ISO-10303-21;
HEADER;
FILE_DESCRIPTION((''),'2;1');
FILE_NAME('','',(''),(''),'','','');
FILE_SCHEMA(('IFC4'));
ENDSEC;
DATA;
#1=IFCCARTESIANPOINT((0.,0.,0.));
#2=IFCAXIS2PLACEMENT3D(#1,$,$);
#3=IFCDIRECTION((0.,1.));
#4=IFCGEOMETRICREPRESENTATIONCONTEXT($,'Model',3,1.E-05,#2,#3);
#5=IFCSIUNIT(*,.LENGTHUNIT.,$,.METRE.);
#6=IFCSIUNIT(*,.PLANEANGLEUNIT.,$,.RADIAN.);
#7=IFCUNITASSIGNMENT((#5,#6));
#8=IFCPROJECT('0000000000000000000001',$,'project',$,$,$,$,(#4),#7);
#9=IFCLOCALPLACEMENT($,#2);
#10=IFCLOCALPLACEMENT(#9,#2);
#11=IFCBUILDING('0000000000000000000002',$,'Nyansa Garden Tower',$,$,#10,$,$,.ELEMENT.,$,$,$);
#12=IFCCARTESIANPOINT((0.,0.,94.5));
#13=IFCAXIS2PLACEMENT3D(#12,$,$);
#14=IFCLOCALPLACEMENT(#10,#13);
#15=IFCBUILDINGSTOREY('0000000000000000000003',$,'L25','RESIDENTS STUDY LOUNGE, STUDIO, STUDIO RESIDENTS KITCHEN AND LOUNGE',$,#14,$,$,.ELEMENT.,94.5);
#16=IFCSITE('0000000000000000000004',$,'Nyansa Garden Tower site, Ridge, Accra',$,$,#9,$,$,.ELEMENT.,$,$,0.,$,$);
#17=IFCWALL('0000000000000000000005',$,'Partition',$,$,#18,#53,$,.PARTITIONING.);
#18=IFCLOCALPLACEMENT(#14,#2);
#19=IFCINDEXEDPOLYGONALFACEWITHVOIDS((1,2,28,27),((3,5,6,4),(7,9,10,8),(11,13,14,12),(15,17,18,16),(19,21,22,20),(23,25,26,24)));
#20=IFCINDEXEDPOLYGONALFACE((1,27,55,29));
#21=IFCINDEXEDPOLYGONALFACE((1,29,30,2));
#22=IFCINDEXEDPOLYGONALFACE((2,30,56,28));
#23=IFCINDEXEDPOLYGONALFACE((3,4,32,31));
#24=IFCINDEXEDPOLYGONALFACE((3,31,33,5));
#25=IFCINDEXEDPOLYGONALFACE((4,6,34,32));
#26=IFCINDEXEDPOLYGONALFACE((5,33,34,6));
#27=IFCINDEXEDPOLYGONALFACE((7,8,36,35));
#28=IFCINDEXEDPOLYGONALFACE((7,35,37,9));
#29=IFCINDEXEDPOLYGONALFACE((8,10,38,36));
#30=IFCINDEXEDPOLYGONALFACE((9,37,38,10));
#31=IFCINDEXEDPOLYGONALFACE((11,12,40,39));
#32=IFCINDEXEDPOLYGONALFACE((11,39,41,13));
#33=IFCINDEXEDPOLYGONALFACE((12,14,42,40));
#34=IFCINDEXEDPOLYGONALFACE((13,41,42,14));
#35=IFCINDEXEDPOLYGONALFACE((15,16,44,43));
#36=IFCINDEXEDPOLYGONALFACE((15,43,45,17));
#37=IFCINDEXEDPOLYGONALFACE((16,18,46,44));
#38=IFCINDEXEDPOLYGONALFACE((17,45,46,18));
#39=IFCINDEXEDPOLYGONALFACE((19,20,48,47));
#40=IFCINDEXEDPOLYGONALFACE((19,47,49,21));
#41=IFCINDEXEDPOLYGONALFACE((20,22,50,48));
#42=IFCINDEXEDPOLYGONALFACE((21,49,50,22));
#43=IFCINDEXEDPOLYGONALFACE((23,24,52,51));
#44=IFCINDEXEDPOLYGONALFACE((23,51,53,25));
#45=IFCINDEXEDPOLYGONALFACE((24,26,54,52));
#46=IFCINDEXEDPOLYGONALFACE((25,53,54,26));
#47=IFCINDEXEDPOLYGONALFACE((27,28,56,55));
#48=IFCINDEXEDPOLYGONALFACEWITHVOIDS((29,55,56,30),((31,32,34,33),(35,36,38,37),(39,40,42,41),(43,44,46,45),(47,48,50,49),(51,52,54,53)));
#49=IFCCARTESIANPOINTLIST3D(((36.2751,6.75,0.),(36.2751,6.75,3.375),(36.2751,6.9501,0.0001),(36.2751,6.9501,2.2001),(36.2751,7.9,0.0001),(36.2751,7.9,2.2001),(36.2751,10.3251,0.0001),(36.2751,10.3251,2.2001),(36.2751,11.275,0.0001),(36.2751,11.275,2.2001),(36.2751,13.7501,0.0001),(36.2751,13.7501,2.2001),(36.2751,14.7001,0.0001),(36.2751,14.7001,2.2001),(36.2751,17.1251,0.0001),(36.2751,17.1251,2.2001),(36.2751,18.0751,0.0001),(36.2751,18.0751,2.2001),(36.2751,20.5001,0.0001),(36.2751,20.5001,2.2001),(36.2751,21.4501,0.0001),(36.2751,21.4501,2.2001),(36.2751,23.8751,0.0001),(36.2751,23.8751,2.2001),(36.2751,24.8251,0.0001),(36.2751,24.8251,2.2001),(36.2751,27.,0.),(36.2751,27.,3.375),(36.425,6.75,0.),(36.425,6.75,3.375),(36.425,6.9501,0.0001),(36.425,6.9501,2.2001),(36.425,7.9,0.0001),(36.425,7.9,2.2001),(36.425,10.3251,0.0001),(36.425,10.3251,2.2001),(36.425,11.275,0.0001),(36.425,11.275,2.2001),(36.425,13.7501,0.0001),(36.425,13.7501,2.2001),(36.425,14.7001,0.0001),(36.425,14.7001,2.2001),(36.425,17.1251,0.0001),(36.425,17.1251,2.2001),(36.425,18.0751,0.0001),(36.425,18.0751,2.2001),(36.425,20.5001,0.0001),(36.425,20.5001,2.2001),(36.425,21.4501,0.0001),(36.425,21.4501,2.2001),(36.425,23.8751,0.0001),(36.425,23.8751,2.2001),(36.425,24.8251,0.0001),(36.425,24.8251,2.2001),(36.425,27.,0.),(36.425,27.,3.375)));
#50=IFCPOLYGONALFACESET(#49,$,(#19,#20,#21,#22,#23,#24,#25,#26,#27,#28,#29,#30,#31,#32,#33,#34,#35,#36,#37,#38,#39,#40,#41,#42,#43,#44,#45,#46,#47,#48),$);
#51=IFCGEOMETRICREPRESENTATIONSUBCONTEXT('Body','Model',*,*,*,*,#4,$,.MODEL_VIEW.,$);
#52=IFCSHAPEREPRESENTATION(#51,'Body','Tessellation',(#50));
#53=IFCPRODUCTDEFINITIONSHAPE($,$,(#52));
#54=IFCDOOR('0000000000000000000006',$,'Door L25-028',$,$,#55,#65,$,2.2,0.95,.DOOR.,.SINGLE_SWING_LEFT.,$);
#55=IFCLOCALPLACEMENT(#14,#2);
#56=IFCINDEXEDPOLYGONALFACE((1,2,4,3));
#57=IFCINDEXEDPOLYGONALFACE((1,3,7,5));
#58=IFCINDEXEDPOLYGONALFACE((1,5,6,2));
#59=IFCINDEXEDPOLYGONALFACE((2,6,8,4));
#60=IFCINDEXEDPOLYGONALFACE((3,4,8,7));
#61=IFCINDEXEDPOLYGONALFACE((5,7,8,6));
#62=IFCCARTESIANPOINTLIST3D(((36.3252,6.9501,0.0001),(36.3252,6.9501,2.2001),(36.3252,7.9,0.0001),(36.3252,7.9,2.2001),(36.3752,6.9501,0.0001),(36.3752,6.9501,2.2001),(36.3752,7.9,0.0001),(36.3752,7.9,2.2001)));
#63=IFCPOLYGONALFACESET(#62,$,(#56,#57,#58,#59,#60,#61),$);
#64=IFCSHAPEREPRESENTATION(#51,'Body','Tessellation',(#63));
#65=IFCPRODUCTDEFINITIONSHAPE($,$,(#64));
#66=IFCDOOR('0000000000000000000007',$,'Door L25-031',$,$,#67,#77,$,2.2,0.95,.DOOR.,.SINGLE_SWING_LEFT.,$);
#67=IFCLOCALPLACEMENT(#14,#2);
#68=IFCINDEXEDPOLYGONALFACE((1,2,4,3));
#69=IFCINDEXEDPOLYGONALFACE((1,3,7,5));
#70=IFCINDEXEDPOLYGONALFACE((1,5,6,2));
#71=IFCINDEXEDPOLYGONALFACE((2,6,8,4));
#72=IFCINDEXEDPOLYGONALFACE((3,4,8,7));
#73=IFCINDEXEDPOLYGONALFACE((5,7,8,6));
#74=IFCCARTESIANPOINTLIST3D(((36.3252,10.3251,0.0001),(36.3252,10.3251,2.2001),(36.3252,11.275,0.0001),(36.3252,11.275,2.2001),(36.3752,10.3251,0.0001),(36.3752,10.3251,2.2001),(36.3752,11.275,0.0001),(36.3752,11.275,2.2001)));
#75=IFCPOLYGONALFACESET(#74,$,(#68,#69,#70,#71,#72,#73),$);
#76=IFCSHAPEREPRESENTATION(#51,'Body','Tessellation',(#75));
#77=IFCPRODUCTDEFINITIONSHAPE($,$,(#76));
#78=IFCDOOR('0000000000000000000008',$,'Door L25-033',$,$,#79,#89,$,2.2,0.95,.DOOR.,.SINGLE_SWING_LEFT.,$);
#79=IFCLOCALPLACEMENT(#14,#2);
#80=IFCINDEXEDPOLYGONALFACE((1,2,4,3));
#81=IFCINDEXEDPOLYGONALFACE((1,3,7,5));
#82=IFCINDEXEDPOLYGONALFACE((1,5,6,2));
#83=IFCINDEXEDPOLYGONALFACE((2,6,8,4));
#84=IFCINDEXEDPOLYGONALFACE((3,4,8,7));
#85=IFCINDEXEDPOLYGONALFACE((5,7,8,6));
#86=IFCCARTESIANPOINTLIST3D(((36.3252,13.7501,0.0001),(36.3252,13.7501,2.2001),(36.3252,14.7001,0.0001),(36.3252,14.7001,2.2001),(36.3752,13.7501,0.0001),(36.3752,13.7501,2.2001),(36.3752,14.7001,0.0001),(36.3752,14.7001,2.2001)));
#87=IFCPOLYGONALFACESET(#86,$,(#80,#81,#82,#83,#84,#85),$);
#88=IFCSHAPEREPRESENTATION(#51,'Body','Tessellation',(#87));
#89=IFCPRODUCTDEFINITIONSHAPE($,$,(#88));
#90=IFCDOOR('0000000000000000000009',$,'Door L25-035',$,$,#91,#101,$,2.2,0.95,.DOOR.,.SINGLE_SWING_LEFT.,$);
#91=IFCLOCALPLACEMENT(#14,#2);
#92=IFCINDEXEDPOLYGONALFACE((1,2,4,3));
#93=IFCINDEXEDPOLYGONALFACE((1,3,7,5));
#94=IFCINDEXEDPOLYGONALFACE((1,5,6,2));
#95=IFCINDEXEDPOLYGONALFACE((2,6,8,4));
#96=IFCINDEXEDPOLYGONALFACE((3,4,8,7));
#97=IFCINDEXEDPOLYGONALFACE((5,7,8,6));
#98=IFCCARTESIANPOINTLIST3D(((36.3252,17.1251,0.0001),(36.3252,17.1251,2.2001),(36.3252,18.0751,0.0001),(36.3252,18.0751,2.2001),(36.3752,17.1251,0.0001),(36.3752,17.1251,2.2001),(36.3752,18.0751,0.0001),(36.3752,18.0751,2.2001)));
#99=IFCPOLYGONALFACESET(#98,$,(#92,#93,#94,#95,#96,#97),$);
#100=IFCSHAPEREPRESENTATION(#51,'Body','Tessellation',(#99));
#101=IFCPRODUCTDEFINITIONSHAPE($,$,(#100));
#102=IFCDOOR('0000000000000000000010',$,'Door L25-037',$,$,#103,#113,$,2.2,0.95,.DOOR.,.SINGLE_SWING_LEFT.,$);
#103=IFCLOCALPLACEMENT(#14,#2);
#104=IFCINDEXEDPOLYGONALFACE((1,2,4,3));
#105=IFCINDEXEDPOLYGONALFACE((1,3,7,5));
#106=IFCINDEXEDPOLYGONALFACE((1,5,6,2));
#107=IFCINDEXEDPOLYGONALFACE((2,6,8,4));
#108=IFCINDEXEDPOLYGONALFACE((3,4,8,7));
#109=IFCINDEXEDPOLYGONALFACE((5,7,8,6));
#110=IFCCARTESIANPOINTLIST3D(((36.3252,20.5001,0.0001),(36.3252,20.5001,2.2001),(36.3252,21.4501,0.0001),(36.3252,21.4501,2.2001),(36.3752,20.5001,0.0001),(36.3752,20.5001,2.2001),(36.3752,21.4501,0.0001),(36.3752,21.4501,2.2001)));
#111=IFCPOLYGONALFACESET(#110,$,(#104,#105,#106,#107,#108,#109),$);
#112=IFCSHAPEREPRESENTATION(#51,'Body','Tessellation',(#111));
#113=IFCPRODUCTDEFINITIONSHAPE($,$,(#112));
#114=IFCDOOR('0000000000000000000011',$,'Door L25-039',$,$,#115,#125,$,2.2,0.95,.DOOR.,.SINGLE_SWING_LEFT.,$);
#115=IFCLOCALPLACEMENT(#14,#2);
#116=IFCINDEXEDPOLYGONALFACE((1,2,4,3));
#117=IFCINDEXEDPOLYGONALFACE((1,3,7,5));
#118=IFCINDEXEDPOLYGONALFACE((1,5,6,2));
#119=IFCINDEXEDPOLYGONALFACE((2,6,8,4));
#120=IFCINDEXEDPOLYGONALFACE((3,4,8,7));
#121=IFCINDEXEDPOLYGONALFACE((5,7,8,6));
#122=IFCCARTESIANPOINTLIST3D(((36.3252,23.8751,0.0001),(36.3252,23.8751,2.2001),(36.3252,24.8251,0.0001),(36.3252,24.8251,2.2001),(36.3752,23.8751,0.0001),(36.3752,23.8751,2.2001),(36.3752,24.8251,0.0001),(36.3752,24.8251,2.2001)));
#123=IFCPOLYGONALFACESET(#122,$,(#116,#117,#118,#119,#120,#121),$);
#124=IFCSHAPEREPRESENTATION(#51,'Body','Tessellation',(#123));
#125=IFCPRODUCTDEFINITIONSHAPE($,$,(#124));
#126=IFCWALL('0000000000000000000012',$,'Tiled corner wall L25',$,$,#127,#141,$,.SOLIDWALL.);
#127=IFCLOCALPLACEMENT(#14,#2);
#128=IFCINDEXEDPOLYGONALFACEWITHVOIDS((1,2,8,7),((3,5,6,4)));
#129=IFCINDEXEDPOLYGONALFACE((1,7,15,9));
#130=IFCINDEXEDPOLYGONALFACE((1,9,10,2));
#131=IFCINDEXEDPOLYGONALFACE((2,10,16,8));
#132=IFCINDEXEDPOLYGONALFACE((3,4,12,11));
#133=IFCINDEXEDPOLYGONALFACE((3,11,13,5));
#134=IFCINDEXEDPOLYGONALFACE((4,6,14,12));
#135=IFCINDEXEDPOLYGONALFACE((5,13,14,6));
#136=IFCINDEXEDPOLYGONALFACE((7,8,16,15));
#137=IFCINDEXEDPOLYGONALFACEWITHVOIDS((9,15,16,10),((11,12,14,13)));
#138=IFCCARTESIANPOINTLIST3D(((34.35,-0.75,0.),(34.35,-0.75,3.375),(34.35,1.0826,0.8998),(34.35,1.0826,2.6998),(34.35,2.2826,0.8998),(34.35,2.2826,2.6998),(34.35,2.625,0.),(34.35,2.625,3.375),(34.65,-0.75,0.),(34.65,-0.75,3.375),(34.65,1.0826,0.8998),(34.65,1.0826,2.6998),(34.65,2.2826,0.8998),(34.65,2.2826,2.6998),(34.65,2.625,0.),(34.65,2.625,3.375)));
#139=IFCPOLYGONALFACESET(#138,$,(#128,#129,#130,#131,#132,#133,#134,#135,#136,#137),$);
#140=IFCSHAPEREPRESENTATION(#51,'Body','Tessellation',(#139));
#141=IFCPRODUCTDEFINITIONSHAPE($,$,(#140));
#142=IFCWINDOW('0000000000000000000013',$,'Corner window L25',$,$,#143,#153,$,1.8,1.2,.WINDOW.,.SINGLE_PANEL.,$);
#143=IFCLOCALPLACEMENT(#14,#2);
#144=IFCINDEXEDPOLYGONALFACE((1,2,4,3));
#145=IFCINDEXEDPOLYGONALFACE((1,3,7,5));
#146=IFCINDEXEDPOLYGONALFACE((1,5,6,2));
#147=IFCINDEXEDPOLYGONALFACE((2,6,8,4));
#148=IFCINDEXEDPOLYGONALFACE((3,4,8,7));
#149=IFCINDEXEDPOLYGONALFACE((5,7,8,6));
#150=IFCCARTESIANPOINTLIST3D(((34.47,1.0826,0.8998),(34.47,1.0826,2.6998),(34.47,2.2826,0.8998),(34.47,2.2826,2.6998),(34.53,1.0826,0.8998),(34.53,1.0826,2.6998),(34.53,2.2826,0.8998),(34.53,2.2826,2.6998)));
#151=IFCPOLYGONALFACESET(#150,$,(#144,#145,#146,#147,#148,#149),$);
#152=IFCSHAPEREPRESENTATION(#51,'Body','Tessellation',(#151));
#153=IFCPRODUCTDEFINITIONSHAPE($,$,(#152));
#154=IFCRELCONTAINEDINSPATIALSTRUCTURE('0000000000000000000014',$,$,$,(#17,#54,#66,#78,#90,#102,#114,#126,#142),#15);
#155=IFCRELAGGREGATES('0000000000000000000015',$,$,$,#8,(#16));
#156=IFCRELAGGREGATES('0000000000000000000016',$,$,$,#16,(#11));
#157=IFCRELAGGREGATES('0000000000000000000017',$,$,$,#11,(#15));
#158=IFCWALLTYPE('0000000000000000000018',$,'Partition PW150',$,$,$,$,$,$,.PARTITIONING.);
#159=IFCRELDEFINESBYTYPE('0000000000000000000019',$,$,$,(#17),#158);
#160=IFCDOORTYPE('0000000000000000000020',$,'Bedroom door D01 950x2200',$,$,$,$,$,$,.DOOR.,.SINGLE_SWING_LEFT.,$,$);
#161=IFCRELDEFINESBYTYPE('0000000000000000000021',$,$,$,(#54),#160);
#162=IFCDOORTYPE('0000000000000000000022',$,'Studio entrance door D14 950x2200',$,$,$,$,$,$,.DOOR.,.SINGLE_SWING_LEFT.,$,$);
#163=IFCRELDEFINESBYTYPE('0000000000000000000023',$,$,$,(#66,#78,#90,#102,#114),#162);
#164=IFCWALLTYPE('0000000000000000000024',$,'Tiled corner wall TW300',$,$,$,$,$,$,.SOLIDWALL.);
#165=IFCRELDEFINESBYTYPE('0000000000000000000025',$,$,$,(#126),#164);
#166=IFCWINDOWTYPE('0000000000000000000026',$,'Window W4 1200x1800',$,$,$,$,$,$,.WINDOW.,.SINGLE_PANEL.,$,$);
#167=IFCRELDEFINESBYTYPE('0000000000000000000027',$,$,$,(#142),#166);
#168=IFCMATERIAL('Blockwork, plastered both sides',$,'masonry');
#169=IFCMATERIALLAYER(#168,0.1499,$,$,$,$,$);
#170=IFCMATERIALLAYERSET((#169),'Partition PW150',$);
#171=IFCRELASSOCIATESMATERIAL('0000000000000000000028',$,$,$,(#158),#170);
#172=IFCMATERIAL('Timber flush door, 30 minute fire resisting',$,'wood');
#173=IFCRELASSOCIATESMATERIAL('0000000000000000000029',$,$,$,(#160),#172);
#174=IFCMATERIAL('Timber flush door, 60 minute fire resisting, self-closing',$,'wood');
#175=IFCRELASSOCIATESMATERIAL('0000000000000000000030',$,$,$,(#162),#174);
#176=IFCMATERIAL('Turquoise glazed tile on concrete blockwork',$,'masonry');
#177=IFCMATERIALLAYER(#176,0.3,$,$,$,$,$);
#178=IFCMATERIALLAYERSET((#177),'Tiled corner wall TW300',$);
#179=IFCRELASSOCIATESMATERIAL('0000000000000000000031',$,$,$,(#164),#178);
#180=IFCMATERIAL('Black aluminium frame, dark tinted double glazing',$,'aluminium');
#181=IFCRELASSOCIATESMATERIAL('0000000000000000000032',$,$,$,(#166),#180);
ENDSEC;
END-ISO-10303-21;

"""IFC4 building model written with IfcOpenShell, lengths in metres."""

from ifc_helpers import new_model, si_unit, direction, frame, frame_2d, origin, place, context, subcontext, project, spatial, rectangle, extrude, material, layer, layer_set, type_object, element, fill, save


model = new_model("IFC4")

# Units and contexts
model_context = context("Model", 3, precision=1e-05, world=origin(), true_north=direction((0.0, 1.0)))
body_context = subcontext(model_context, "Body", "Model", "MODEL_VIEW")
ifc_project = project(units=[si_unit("LENGTHUNIT", "METRE"), si_unit("PLANEANGLEUNIT", "RADIAN")], contexts=[model_context])

# Site, building, storey
site_placement = place(None, origin())
site = spatial("IfcSite", under=ifc_project, at=site_placement, Name="Nyansa Garden Tower site, Ridge, Accra", CompositionType="ELEMENT", RefElevation=0.0)
building_placement = place(site_placement, origin())
building = spatial("IfcBuilding", under=site, at=building_placement, Name="Nyansa Garden Tower", CompositionType="ELEMENT")
storey_placement = place(building_placement, frame((0.0, 0.0, 94.5)))
storey = spatial("IfcBuildingStorey", under=building, at=storey_placement, Name="L25", Description="RESIDENTS STUDY LOUNGE, STUDIO, STUDIO RESIDENTS KITCHEN AND LOUNGE", CompositionType="ELEMENT", Elevation=94.5)

# Wall, openings, doors
ifc_material_1 = material(Name="Blockwork, plastered both sides", Category="masonry")
ifc_layer_1 = layer(ifc_material_1, 0.1499)
ifc_layer_set_1 = layer_set([ifc_layer_1], Name="Partition PW150")
wall_type_1 = type_object("IfcWallType", Name="Partition PW150", PredefinedType="PARTITIONING", material=ifc_layer_set_1)
wall_1_placement = place(storey_placement, frame((36.3501, 6.75, 0.0), z_axis=(0.0, 0.0, 1.0), x_axis=(0.0, 1.0, 0.0)))
wall_1 = element("IfcWall", 1, at=wall_1_placement, inside=storey, type_object=wall_type_1, Name="Partition", PredefinedType="PARTITIONING", context=body_context, shape_type="SweptSolid", body=[
    extrude(rectangle(XDim=20.25, YDim=0.1499, at=frame_2d((10.125, 0.0))), origin(), (0.0, 0.0, 1.0), 3.375),
])
opening_1_placement = place(wall_1_placement, frame((0.2, 0.0, 0.0)))
opening_1 = element("IfcOpeningElement", 2, at=opening_1_placement, cuts=wall_1, PredefinedType="OPENING", context=body_context, shape_type="SweptSolid", body=[
    extrude(rectangle(XDim=0.95, YDim=2.2, at=frame_2d((0.4751, 1.1001))), frame((0.0, 0.085, 0.0), z_axis=(0.0, -1.0, 0.0), x_axis=(1.0, 0.0, 0.0)), (0.0, 0.0, 1.0), 0.1699),
])
opening_2_placement = place(wall_1_placement, frame((3.575, 0.0, 0.0)))
opening_2 = element("IfcOpeningElement", 3, at=opening_2_placement, cuts=wall_1, PredefinedType="OPENING", context=body_context, shape_type="SweptSolid", body=[
    extrude(rectangle(XDim=0.95, YDim=2.2, at=frame_2d((0.4751, 1.1001))), frame((0.0, 0.085, 0.0), z_axis=(0.0, -1.0, 0.0), x_axis=(1.0, 0.0, 0.0)), (0.0, 0.0, 1.0), 0.1699),
])
opening_3_placement = place(wall_1_placement, frame((7.0, 0.0, 0.0)))
opening_3 = element("IfcOpeningElement", 4, at=opening_3_placement, cuts=wall_1, PredefinedType="OPENING", context=body_context, shape_type="SweptSolid", body=[
    extrude(rectangle(XDim=0.95, YDim=2.2, at=frame_2d((0.4751, 1.1001))), frame((0.0, 0.085, 0.0), z_axis=(0.0, -1.0, 0.0), x_axis=(1.0, 0.0, 0.0)), (0.0, 0.0, 1.0), 0.1699),
])
opening_4_placement = place(wall_1_placement, frame((10.375, 0.0, 0.0)))
opening_4 = element("IfcOpeningElement", 5, at=opening_4_placement, cuts=wall_1, PredefinedType="OPENING", context=body_context, shape_type="SweptSolid", body=[
    extrude(rectangle(XDim=0.95, YDim=2.2, at=frame_2d((0.4751, 1.1001))), frame((0.0, 0.085, 0.0), z_axis=(0.0, -1.0, 0.0), x_axis=(1.0, 0.0, 0.0)), (0.0, 0.0, 1.0), 0.1699),
])
opening_5_placement = place(wall_1_placement, frame((13.75, 0.0, 0.0)))
opening_5 = element("IfcOpeningElement", 6, at=opening_5_placement, cuts=wall_1, PredefinedType="OPENING", context=body_context, shape_type="SweptSolid", body=[
    extrude(rectangle(XDim=0.95, YDim=2.2, at=frame_2d((0.4751, 1.1001))), frame((0.0, 0.085, 0.0), z_axis=(0.0, -1.0, 0.0), x_axis=(1.0, 0.0, 0.0)), (0.0, 0.0, 1.0), 0.1699),
])
opening_6_placement = place(wall_1_placement, frame((17.125, 0.0, 0.0)))
opening_6 = element("IfcOpeningElement", 7, at=opening_6_placement, cuts=wall_1, PredefinedType="OPENING", context=body_context, shape_type="SweptSolid", body=[
    extrude(rectangle(XDim=0.95, YDim=2.2, at=frame_2d((0.4751, 1.1001))), frame((0.0, 0.085, 0.0), z_axis=(0.0, -1.0, 0.0), x_axis=(1.0, 0.0, 0.0)), (0.0, 0.0, 1.0), 0.1699),
])
ifc_material_2 = material(Name="Timber flush door, 30 minute fire resisting", Category="wood")
door_type_1 = type_object("IfcDoorType", Name="Bedroom door D01 950x2200", OperationType="SINGLE_SWING_LEFT", PredefinedType="DOOR", material=ifc_material_2)
door_1_placement = place(opening_1_placement, origin())
door_1 = element("IfcDoor", 8, at=door_1_placement, inside=storey, type_object=door_type_1, Name="Door L25-028", OperationType="SINGLE_SWING_LEFT", OverallHeight=2.2, OverallWidth=0.95, PredefinedType="DOOR", context=body_context, shape_type="SweptSolid", body=[
    extrude(rectangle(XDim=0.95, YDim=2.2, at=frame_2d((0.4751, 1.1001))), frame((0.0, 0.0249, 0.0), z_axis=(0.0, -1.0, 0.0), x_axis=(1.0, 0.0, 0.0)), (0.0, 0.0, 1.0), 0.05),
])
fill(opening_1, door_1)
ifc_material_3 = material(Name="Timber flush door, 60 minute fire resisting, self-closing", Category="wood")
door_type_2 = type_object("IfcDoorType", Name="Studio entrance door D14 950x2200", OperationType="SINGLE_SWING_LEFT", PredefinedType="DOOR", material=ifc_material_3)
door_2_placement = place(opening_2_placement, origin())
door_2 = element("IfcDoor", 9, at=door_2_placement, inside=storey, type_object=door_type_2, Name="Door L25-031", OperationType="SINGLE_SWING_LEFT", OverallHeight=2.2, OverallWidth=0.95, PredefinedType="DOOR", context=body_context, shape_type="SweptSolid", body=[
    extrude(rectangle(XDim=0.95, YDim=2.2, at=frame_2d((0.4751, 1.1001))), frame((0.0, 0.0249, 0.0), z_axis=(0.0, -1.0, 0.0), x_axis=(1.0, 0.0, 0.0)), (0.0, 0.0, 1.0), 0.05),
])
fill(opening_2, door_2)
door_3_placement = place(opening_3_placement, origin())
door_3 = element("IfcDoor", 10, at=door_3_placement, inside=storey, type_object=door_type_2, Name="Door L25-033", OperationType="SINGLE_SWING_LEFT", OverallHeight=2.2, OverallWidth=0.95, PredefinedType="DOOR", context=body_context, shape_type="SweptSolid", body=[
    extrude(rectangle(XDim=0.95, YDim=2.2, at=frame_2d((0.4751, 1.1001))), frame((0.0, 0.0249, 0.0), z_axis=(0.0, -1.0, 0.0), x_axis=(1.0, 0.0, 0.0)), (0.0, 0.0, 1.0), 0.05),
])
fill(opening_3, door_3)
door_4_placement = place(opening_4_placement, origin())
door_4 = element("IfcDoor", 11, at=door_4_placement, inside=storey, type_object=door_type_2, Name="Door L25-035", OperationType="SINGLE_SWING_LEFT", OverallHeight=2.2, OverallWidth=0.95, PredefinedType="DOOR", context=body_context, shape_type="SweptSolid", body=[
    extrude(rectangle(XDim=0.95, YDim=2.2, at=frame_2d((0.4751, 1.1001))), frame((0.0, 0.0249, 0.0), z_axis=(0.0, -1.0, 0.0), x_axis=(1.0, 0.0, 0.0)), (0.0, 0.0, 1.0), 0.05),
])
fill(opening_4, door_4)
door_5_placement = place(opening_5_placement, origin())
door_5 = element("IfcDoor", 12, at=door_5_placement, inside=storey, type_object=door_type_2, Name="Door L25-037", OperationType="SINGLE_SWING_LEFT", OverallHeight=2.2, OverallWidth=0.95, PredefinedType="DOOR", context=body_context, shape_type="SweptSolid", body=[
    extrude(rectangle(XDim=0.95, YDim=2.2, at=frame_2d((0.4751, 1.1001))), frame((0.0, 0.0249, 0.0), z_axis=(0.0, -1.0, 0.0), x_axis=(1.0, 0.0, 0.0)), (0.0, 0.0, 1.0), 0.05),
])
fill(opening_5, door_5)
door_6_placement = place(opening_6_placement, origin())
door_6 = element("IfcDoor", 13, at=door_6_placement, inside=storey, type_object=door_type_2, Name="Door L25-039", OperationType="SINGLE_SWING_LEFT", OverallHeight=2.2, OverallWidth=0.95, PredefinedType="DOOR", context=body_context, shape_type="SweptSolid", body=[
    extrude(rectangle(XDim=0.95, YDim=2.2, at=frame_2d((0.4751, 1.1001))), frame((0.0, 0.0249, 0.0), z_axis=(0.0, -1.0, 0.0), x_axis=(1.0, 0.0, 0.0)), (0.0, 0.0, 1.0), 0.05),
])
fill(opening_6, door_6)

# Wall, opening, window
ifc_material_4 = material(Name="Turquoise glazed tile on concrete blockwork", Category="masonry")
ifc_layer_2 = layer(ifc_material_4, 0.3)
ifc_layer_set_2 = layer_set([ifc_layer_2], Name="Tiled corner wall TW300")
wall_type_2 = type_object("IfcWallType", Name="Tiled corner wall TW300", PredefinedType="SOLIDWALL", material=ifc_layer_set_2)
wall_2_placement = place(storey_placement, frame((34.5, -0.75, 0.0), z_axis=(0.0, 0.0, 1.0), x_axis=(0.0, 1.0, 0.0)))
wall_2 = element("IfcWall", 14, at=wall_2_placement, inside=storey, type_object=wall_type_2, Name="Tiled corner wall L25", PredefinedType="SOLIDWALL", context=body_context, shape_type="SweptSolid", body=[
    extrude(rectangle(XDim=3.375, YDim=0.3, at=frame_2d((1.6875, 0.0))), origin(), (0.0, 0.0, 1.0), 3.375),
])
opening_7_placement = place(wall_2_placement, frame((1.8325, 0.0, 0.8999)))
opening_7 = element("IfcOpeningElement", 15, at=opening_7_placement, cuts=wall_2, PredefinedType="OPENING", context=body_context, shape_type="SweptSolid", body=[
    extrude(rectangle(XDim=1.2, YDim=1.8, at=frame_2d((0.6001, 0.8999))), frame((0.0, 0.1599, 0.0), z_axis=(0.0, -1.0, 0.0), x_axis=(1.0, 0.0, 0.0)), (0.0, 0.0, 1.0), 0.3201),
])
ifc_material_5 = material(Name="Black aluminium frame, dark tinted double glazing", Category="aluminium")
window_type_1 = type_object("IfcWindowType", Name="Window W4 1200x1800", PartitioningType="SINGLE_PANEL", PredefinedType="WINDOW", material=ifc_material_5)
window_1_placement = place(opening_7_placement, origin())
window_1 = element("IfcWindow", 16, at=window_1_placement, inside=storey, type_object=window_type_1, Name="Corner window L25", OverallHeight=1.8, OverallWidth=1.2, PartitioningType="SINGLE_PANEL", PredefinedType="WINDOW", context=body_context, shape_type="SweptSolid", body=[
    extrude(rectangle(XDim=1.2, YDim=1.8, at=frame_2d((0.6001, 0.8999))), frame((0.0, 0.03, 0.0), z_axis=(0.0, -1.0, 0.0), x_axis=(1.0, 0.0, 0.0)), (0.0, 0.0, 1.0), 0.0601),
])
fill(opening_7, window_1)

save(model, "model.ifc")
